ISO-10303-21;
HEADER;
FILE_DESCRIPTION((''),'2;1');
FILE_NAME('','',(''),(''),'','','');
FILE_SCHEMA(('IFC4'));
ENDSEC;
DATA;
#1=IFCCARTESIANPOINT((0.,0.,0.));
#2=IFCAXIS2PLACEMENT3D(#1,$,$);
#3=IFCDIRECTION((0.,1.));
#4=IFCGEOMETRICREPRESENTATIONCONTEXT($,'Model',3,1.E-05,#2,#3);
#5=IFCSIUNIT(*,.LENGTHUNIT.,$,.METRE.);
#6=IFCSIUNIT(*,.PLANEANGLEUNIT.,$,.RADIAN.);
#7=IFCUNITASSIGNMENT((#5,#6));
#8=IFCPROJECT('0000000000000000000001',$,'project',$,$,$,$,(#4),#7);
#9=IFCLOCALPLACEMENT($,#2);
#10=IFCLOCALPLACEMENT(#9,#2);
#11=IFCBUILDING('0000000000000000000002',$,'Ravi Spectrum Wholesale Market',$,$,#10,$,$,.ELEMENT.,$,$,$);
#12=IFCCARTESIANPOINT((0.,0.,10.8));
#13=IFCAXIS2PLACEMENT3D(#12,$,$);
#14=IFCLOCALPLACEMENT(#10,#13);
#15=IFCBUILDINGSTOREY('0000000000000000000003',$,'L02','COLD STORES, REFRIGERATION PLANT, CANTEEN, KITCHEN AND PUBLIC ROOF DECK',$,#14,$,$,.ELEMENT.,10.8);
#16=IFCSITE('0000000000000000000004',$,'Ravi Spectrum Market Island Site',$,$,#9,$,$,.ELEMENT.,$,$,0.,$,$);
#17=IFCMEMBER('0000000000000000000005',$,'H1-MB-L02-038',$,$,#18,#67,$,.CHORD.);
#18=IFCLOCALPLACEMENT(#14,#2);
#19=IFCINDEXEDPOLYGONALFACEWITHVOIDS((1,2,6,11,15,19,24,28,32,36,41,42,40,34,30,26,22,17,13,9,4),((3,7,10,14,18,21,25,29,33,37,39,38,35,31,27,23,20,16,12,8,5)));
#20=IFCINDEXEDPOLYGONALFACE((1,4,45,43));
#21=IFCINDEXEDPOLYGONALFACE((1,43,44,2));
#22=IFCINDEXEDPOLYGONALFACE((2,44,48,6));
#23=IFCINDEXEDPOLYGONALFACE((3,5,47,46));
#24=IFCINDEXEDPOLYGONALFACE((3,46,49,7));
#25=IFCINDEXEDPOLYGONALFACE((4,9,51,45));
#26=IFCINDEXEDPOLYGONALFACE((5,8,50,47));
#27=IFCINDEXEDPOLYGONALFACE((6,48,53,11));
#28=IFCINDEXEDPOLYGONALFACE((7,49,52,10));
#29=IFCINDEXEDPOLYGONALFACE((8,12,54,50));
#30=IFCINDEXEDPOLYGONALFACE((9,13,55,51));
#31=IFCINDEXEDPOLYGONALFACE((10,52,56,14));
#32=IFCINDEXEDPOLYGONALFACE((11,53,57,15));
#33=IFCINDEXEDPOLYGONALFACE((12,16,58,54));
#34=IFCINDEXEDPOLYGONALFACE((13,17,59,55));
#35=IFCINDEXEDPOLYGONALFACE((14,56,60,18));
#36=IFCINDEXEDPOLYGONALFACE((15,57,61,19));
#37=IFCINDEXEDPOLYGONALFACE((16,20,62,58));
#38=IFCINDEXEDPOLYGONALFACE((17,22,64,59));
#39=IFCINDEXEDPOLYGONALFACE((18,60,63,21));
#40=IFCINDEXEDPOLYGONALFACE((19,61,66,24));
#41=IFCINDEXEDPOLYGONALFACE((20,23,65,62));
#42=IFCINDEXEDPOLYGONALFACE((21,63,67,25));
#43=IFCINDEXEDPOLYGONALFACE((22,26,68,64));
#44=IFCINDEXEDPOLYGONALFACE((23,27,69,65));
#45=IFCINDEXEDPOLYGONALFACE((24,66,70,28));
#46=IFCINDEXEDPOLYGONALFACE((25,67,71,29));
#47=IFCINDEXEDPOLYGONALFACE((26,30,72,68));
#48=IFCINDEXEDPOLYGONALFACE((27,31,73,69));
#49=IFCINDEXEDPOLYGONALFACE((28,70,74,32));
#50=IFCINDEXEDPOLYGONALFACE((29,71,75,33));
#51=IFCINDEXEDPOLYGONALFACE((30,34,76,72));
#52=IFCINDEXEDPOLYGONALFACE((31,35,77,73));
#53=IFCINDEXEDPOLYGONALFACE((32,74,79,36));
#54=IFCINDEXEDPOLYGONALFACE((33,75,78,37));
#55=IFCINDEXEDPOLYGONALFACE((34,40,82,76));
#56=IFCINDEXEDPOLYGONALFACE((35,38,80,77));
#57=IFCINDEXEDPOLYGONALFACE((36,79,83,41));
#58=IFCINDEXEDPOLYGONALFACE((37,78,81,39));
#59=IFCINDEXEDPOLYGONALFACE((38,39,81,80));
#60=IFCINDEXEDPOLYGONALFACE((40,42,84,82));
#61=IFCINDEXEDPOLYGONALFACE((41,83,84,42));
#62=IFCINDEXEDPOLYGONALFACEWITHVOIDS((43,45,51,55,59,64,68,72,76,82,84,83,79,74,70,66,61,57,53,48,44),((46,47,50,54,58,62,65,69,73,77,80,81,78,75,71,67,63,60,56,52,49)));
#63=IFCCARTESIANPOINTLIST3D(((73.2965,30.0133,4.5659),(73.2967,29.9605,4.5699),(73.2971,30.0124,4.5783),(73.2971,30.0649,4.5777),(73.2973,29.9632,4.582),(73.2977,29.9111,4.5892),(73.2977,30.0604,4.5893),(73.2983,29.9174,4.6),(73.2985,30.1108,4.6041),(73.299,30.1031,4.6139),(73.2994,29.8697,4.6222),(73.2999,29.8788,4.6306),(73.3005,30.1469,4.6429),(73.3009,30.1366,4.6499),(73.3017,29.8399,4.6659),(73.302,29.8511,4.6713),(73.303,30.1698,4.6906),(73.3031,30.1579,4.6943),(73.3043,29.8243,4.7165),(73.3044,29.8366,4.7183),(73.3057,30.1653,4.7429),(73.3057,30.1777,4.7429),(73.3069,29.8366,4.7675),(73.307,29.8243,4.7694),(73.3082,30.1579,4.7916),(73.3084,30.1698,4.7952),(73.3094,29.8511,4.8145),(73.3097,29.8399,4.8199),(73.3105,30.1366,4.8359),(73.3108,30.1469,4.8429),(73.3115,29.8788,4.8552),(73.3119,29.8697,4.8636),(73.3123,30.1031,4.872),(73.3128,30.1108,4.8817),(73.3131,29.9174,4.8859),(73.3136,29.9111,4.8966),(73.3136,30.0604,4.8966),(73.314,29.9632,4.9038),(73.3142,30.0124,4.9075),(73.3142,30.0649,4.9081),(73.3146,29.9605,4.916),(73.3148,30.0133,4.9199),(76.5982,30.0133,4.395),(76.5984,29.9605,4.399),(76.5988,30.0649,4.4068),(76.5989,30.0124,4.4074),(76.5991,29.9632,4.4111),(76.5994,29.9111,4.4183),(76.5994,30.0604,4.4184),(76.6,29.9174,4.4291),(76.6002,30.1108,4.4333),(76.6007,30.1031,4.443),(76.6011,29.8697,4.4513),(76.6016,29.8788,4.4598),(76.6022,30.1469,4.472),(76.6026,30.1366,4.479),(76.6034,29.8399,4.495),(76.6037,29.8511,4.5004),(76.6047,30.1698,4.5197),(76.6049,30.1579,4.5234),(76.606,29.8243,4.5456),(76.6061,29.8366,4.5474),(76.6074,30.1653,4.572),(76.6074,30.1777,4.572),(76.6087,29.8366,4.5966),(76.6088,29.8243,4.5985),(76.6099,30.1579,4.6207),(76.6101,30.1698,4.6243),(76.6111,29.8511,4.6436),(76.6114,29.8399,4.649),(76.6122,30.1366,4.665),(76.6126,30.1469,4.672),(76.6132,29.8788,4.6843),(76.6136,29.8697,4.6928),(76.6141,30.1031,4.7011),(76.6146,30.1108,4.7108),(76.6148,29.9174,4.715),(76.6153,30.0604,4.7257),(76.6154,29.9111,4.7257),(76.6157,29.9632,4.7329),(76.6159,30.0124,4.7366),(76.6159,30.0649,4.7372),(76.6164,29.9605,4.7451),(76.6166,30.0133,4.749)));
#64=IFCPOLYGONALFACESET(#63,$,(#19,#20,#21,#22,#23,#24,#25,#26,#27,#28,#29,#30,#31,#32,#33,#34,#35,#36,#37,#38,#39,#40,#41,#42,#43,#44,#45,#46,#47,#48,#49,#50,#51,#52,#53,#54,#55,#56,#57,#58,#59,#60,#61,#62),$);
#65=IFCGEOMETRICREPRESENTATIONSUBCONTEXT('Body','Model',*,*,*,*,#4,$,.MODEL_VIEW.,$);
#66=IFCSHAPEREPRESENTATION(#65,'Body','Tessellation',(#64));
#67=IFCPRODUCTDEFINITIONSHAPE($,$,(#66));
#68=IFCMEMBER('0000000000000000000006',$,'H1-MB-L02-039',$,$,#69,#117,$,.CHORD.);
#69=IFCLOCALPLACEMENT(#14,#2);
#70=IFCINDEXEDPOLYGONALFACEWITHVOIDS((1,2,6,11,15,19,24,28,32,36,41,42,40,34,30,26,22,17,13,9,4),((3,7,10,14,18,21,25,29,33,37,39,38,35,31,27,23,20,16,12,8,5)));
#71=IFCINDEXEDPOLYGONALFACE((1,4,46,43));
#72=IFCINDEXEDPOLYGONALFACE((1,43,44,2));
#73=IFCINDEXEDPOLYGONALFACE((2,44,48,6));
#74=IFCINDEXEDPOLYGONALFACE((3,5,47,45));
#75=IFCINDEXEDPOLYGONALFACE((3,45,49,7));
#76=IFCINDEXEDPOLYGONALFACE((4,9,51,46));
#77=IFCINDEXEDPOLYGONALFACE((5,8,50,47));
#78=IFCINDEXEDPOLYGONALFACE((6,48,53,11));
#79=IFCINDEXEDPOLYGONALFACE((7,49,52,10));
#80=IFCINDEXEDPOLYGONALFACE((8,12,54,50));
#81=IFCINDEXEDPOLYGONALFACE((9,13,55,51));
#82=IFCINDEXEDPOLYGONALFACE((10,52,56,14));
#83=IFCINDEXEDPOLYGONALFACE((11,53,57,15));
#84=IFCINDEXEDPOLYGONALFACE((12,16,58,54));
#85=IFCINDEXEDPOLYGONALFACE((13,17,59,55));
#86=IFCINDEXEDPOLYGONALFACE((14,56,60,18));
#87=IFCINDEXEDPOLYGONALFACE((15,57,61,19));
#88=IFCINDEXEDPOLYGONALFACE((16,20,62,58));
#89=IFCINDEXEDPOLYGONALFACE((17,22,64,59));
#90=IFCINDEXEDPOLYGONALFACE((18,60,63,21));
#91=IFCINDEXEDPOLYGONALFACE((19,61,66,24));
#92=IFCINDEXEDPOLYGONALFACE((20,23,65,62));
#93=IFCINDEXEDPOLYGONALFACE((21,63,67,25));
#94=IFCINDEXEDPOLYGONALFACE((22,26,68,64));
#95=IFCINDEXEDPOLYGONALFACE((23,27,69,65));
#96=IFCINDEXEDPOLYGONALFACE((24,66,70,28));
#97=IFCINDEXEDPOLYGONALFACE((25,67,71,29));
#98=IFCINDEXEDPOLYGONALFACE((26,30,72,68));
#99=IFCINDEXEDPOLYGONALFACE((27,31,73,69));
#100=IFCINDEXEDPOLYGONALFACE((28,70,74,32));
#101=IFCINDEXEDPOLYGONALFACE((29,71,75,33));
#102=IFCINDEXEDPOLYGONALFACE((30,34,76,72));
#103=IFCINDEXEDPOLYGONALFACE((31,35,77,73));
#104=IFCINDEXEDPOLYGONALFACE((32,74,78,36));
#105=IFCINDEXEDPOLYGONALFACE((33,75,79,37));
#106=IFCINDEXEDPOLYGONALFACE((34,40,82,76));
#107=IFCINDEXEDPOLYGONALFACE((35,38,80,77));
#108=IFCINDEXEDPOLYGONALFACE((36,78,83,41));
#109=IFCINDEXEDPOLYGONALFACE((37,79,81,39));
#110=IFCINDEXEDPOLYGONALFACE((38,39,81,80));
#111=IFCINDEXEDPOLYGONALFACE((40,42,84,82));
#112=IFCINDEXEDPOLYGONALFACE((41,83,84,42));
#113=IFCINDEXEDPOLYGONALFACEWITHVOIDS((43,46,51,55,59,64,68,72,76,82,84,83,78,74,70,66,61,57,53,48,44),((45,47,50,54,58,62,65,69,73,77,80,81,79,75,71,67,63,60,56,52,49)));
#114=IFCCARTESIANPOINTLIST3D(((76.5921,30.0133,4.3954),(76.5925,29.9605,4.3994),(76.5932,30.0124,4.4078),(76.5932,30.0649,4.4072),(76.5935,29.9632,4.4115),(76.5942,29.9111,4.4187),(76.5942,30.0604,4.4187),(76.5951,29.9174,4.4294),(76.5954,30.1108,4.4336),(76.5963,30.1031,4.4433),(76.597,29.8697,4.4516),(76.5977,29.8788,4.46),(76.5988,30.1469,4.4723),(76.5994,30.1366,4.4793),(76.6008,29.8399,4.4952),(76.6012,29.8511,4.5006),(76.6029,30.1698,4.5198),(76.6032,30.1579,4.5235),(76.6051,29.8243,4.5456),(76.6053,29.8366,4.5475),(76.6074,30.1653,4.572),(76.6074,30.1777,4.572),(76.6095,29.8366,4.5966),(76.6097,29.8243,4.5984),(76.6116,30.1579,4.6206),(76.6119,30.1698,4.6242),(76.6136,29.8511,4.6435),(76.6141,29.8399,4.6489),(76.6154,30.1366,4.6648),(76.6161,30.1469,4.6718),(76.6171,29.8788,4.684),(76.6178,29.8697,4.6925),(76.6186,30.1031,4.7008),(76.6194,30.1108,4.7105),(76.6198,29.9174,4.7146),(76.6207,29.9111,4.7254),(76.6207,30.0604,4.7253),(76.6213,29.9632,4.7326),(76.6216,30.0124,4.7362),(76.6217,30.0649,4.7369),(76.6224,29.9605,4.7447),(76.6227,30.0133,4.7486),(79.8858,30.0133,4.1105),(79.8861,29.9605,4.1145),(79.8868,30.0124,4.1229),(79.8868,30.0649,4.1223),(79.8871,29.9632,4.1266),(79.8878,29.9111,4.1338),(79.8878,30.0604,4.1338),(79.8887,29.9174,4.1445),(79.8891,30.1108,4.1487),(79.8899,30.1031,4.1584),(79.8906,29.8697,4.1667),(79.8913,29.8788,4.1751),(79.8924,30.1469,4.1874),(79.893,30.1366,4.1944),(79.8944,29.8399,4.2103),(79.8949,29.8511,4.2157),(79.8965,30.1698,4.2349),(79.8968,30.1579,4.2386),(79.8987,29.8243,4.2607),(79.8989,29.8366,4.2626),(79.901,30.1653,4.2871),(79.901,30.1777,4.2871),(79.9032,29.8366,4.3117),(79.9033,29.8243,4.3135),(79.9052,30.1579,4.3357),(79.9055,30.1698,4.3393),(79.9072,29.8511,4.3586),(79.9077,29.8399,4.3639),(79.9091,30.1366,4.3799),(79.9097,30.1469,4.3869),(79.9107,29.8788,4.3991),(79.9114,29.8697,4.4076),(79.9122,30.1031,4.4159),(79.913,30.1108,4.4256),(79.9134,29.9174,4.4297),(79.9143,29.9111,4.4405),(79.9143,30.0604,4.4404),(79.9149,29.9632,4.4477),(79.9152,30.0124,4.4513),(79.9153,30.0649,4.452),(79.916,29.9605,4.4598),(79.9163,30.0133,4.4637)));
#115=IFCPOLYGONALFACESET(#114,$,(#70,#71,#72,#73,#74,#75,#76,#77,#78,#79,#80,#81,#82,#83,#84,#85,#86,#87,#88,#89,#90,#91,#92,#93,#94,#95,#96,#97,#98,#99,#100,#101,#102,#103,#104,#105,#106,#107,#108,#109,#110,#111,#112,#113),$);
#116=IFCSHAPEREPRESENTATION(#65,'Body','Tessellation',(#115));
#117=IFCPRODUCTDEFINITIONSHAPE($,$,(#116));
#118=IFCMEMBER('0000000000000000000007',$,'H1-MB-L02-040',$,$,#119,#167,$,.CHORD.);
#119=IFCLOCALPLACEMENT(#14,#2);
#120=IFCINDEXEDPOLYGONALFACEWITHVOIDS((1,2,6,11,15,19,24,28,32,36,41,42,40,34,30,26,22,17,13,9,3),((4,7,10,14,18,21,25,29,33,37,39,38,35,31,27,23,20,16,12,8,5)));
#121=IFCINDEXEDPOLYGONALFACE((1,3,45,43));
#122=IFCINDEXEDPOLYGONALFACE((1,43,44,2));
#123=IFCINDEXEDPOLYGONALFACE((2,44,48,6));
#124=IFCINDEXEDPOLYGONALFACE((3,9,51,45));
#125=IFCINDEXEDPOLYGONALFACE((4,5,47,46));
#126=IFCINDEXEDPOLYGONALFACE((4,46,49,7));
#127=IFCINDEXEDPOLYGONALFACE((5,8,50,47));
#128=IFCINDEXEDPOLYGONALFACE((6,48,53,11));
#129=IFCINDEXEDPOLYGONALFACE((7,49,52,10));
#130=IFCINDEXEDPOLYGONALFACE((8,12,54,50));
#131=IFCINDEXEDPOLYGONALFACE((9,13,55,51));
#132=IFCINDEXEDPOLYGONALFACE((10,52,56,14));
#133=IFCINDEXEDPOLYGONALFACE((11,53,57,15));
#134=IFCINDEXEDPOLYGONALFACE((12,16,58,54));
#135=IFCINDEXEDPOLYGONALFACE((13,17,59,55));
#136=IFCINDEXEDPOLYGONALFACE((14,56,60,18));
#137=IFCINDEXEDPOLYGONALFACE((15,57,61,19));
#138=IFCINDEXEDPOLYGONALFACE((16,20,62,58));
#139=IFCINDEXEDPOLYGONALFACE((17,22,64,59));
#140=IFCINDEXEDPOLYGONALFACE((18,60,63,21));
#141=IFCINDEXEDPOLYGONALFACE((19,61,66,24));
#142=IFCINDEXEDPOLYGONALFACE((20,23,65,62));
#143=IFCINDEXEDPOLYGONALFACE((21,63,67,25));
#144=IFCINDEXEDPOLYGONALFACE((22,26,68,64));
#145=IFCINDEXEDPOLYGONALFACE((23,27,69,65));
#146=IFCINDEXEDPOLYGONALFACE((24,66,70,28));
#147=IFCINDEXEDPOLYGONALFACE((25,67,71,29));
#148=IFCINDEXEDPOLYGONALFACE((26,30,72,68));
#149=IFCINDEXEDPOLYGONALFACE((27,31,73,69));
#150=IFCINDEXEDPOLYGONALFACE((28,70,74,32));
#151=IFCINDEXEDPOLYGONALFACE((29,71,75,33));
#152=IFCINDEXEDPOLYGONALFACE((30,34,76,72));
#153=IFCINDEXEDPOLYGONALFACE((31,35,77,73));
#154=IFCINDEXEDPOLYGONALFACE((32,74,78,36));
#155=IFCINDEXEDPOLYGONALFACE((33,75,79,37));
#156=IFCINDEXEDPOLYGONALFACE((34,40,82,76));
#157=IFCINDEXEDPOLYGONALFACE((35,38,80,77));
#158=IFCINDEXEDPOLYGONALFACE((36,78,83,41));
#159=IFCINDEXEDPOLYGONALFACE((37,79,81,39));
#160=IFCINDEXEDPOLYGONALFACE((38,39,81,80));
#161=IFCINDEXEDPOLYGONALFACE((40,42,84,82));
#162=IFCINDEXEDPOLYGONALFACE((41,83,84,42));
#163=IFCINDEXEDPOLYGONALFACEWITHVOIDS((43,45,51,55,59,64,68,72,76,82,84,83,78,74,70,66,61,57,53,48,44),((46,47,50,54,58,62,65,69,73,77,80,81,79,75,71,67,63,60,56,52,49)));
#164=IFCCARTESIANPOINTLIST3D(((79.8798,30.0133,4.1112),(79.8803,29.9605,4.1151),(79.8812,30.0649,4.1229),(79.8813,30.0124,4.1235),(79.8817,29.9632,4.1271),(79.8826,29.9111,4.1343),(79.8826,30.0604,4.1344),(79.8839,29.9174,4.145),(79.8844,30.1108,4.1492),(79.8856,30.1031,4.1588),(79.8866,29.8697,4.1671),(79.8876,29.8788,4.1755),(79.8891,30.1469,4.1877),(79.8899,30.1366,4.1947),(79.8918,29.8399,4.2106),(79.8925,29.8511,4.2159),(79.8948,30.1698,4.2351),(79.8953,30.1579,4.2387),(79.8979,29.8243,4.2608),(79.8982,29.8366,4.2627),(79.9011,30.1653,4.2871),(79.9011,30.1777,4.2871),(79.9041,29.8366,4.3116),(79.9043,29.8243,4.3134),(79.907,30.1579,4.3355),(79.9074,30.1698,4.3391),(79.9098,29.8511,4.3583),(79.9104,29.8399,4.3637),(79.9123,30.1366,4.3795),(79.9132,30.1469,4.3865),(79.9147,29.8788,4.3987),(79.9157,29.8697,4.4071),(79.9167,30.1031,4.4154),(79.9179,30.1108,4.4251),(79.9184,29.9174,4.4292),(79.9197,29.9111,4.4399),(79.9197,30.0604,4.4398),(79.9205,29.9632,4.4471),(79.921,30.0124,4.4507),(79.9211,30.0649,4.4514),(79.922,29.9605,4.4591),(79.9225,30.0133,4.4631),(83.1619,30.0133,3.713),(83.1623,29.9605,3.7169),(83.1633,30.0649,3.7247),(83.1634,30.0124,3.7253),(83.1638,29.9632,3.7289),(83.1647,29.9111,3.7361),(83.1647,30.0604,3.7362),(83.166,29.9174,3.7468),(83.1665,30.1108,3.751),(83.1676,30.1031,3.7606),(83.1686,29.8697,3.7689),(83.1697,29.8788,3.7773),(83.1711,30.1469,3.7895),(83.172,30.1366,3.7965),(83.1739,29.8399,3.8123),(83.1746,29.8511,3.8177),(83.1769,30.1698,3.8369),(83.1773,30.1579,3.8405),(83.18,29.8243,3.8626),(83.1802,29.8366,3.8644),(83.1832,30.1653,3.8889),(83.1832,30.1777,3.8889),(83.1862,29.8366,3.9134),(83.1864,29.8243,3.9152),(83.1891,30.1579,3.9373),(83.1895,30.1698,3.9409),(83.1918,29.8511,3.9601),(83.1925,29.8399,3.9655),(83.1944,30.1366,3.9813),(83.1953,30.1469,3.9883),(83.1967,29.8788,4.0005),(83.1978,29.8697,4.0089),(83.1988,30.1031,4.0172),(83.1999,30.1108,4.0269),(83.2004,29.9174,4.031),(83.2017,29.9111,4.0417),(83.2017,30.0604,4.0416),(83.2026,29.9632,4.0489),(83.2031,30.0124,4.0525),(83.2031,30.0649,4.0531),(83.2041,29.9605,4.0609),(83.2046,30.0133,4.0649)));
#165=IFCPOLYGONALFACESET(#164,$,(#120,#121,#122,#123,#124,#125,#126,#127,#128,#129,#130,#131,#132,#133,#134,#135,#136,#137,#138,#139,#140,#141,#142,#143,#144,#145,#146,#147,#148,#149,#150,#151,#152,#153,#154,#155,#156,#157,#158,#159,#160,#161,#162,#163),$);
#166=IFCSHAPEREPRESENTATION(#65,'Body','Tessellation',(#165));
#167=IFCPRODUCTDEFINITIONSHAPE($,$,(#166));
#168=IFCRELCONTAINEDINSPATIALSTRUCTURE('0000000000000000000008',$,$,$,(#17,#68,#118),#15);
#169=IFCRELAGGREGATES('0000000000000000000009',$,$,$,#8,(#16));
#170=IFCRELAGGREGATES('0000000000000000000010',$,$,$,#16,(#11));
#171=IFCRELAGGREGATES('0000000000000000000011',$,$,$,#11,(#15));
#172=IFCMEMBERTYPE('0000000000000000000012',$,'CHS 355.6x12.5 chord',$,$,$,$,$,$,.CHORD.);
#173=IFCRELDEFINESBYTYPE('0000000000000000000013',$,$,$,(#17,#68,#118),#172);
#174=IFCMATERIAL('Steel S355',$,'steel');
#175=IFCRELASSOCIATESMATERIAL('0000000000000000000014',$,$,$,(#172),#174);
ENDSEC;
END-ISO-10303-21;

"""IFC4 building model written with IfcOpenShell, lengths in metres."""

from ifc_helpers import new_model, si_unit, direction, frame, origin, origin_2d, place, context, subcontext, project, spatial, hollow_circle, extrude, material, material_profile, profile_set, type_object, element, save


model = new_model("IFC4")

# Units and contexts
model_context = context("Model", 3, precision=1e-05, world=origin(), true_north=direction((0.0, 1.0)))
body_context = subcontext(model_context, "Body", "Model", "MODEL_VIEW")
ifc_project = project(units=[si_unit("LENGTHUNIT", "METRE"), si_unit("PLANEANGLEUNIT", "RADIAN")], contexts=[model_context])

# Site, building, storey
site_placement = place(None, origin())
site = spatial("IfcSite", under=ifc_project, at=site_placement, Name="Ravi Spectrum Market Island Site", CompositionType="ELEMENT", RefElevation=0.0)
building_placement = place(site_placement, origin())
building = spatial("IfcBuilding", under=site, at=building_placement, Name="Ravi Spectrum Wholesale Market", CompositionType="ELEMENT")
storey_placement = place(building_placement, frame((0.0, 0.0, 10.8)))
storey = spatial("IfcBuildingStorey", under=building, at=storey_placement, Name="L02", Description="COLD STORES, REFRIGERATION PLANT, CANTEEN, KITCHEN AND PUBLIC ROOF DECK", CompositionType="ELEMENT", Elevation=10.8)

# Members
ifc_material_1 = material(Name="Steel S355", Category="steel")
ifc_material_profile_1 = material_profile(ifc_material_1, hollow_circle(Radius=0.1777, WallThickness=0.0125, at=origin_2d()))
ifc_profile_set_1 = profile_set([ifc_material_profile_1], Name="Steel S355")
member_type_1 = type_object("IfcMemberType", Name="CHS 355.6x12.5 chord", PredefinedType="CHORD", material=ifc_profile_set_1)
for number, where, z_axis, x_axis, name in (
    (1, (73.3057, 30.0, 4.7429), (0.998663, 0.0, -0.051691), (0.0, 1.0, 0.0), "H1-MB-L02-038"),
):
    element("IfcMember", number, at=place(storey_placement, frame(where, z_axis=z_axis, x_axis=x_axis)), inside=storey, type_object=member_type_1, Name=name, PredefinedType="CHORD", context=body_context, shape_type="SweptSolid", body=[
        extrude(hollow_circle(Radius=0.1777, WallThickness=0.0125, at=origin_2d()), origin(), (0.0, 0.0, 1.0), 3.3062),
    ])
member_1_placement = place(storey_placement, frame((76.6074, 30.0, 4.572), z_axis=(0.99628, 0.0, -0.08618), x_axis=(0.0, 1.0, 0.0)))
element("IfcMember", 2, at=member_1_placement, inside=storey, type_object=member_type_1, Name="H1-MB-L02-039", PredefinedType="CHORD", context=body_context, shape_type="SweptSolid", body=[
    extrude(hollow_circle(Radius=0.1777, WallThickness=0.0125, at=origin_2d()), origin(), (0.0, 0.0, 1.0), 3.3059),
])
member_2_placement = place(storey_placement, frame((79.9011, 30.0, 4.2871), z_axis=(0.99272, 0.0, -0.120444), x_axis=(0.0, 1.0, 0.0)))
element("IfcMember", 3, at=member_2_placement, inside=storey, type_object=member_type_1, Name="H1-MB-L02-040", PredefinedType="CHORD", context=body_context, shape_type="SweptSolid", body=[
    extrude(hollow_circle(Radius=0.1777, WallThickness=0.0125, at=origin_2d()), origin(), (0.0, 0.0, 1.0), 3.3062),
])

save(model, "model.ifc")
